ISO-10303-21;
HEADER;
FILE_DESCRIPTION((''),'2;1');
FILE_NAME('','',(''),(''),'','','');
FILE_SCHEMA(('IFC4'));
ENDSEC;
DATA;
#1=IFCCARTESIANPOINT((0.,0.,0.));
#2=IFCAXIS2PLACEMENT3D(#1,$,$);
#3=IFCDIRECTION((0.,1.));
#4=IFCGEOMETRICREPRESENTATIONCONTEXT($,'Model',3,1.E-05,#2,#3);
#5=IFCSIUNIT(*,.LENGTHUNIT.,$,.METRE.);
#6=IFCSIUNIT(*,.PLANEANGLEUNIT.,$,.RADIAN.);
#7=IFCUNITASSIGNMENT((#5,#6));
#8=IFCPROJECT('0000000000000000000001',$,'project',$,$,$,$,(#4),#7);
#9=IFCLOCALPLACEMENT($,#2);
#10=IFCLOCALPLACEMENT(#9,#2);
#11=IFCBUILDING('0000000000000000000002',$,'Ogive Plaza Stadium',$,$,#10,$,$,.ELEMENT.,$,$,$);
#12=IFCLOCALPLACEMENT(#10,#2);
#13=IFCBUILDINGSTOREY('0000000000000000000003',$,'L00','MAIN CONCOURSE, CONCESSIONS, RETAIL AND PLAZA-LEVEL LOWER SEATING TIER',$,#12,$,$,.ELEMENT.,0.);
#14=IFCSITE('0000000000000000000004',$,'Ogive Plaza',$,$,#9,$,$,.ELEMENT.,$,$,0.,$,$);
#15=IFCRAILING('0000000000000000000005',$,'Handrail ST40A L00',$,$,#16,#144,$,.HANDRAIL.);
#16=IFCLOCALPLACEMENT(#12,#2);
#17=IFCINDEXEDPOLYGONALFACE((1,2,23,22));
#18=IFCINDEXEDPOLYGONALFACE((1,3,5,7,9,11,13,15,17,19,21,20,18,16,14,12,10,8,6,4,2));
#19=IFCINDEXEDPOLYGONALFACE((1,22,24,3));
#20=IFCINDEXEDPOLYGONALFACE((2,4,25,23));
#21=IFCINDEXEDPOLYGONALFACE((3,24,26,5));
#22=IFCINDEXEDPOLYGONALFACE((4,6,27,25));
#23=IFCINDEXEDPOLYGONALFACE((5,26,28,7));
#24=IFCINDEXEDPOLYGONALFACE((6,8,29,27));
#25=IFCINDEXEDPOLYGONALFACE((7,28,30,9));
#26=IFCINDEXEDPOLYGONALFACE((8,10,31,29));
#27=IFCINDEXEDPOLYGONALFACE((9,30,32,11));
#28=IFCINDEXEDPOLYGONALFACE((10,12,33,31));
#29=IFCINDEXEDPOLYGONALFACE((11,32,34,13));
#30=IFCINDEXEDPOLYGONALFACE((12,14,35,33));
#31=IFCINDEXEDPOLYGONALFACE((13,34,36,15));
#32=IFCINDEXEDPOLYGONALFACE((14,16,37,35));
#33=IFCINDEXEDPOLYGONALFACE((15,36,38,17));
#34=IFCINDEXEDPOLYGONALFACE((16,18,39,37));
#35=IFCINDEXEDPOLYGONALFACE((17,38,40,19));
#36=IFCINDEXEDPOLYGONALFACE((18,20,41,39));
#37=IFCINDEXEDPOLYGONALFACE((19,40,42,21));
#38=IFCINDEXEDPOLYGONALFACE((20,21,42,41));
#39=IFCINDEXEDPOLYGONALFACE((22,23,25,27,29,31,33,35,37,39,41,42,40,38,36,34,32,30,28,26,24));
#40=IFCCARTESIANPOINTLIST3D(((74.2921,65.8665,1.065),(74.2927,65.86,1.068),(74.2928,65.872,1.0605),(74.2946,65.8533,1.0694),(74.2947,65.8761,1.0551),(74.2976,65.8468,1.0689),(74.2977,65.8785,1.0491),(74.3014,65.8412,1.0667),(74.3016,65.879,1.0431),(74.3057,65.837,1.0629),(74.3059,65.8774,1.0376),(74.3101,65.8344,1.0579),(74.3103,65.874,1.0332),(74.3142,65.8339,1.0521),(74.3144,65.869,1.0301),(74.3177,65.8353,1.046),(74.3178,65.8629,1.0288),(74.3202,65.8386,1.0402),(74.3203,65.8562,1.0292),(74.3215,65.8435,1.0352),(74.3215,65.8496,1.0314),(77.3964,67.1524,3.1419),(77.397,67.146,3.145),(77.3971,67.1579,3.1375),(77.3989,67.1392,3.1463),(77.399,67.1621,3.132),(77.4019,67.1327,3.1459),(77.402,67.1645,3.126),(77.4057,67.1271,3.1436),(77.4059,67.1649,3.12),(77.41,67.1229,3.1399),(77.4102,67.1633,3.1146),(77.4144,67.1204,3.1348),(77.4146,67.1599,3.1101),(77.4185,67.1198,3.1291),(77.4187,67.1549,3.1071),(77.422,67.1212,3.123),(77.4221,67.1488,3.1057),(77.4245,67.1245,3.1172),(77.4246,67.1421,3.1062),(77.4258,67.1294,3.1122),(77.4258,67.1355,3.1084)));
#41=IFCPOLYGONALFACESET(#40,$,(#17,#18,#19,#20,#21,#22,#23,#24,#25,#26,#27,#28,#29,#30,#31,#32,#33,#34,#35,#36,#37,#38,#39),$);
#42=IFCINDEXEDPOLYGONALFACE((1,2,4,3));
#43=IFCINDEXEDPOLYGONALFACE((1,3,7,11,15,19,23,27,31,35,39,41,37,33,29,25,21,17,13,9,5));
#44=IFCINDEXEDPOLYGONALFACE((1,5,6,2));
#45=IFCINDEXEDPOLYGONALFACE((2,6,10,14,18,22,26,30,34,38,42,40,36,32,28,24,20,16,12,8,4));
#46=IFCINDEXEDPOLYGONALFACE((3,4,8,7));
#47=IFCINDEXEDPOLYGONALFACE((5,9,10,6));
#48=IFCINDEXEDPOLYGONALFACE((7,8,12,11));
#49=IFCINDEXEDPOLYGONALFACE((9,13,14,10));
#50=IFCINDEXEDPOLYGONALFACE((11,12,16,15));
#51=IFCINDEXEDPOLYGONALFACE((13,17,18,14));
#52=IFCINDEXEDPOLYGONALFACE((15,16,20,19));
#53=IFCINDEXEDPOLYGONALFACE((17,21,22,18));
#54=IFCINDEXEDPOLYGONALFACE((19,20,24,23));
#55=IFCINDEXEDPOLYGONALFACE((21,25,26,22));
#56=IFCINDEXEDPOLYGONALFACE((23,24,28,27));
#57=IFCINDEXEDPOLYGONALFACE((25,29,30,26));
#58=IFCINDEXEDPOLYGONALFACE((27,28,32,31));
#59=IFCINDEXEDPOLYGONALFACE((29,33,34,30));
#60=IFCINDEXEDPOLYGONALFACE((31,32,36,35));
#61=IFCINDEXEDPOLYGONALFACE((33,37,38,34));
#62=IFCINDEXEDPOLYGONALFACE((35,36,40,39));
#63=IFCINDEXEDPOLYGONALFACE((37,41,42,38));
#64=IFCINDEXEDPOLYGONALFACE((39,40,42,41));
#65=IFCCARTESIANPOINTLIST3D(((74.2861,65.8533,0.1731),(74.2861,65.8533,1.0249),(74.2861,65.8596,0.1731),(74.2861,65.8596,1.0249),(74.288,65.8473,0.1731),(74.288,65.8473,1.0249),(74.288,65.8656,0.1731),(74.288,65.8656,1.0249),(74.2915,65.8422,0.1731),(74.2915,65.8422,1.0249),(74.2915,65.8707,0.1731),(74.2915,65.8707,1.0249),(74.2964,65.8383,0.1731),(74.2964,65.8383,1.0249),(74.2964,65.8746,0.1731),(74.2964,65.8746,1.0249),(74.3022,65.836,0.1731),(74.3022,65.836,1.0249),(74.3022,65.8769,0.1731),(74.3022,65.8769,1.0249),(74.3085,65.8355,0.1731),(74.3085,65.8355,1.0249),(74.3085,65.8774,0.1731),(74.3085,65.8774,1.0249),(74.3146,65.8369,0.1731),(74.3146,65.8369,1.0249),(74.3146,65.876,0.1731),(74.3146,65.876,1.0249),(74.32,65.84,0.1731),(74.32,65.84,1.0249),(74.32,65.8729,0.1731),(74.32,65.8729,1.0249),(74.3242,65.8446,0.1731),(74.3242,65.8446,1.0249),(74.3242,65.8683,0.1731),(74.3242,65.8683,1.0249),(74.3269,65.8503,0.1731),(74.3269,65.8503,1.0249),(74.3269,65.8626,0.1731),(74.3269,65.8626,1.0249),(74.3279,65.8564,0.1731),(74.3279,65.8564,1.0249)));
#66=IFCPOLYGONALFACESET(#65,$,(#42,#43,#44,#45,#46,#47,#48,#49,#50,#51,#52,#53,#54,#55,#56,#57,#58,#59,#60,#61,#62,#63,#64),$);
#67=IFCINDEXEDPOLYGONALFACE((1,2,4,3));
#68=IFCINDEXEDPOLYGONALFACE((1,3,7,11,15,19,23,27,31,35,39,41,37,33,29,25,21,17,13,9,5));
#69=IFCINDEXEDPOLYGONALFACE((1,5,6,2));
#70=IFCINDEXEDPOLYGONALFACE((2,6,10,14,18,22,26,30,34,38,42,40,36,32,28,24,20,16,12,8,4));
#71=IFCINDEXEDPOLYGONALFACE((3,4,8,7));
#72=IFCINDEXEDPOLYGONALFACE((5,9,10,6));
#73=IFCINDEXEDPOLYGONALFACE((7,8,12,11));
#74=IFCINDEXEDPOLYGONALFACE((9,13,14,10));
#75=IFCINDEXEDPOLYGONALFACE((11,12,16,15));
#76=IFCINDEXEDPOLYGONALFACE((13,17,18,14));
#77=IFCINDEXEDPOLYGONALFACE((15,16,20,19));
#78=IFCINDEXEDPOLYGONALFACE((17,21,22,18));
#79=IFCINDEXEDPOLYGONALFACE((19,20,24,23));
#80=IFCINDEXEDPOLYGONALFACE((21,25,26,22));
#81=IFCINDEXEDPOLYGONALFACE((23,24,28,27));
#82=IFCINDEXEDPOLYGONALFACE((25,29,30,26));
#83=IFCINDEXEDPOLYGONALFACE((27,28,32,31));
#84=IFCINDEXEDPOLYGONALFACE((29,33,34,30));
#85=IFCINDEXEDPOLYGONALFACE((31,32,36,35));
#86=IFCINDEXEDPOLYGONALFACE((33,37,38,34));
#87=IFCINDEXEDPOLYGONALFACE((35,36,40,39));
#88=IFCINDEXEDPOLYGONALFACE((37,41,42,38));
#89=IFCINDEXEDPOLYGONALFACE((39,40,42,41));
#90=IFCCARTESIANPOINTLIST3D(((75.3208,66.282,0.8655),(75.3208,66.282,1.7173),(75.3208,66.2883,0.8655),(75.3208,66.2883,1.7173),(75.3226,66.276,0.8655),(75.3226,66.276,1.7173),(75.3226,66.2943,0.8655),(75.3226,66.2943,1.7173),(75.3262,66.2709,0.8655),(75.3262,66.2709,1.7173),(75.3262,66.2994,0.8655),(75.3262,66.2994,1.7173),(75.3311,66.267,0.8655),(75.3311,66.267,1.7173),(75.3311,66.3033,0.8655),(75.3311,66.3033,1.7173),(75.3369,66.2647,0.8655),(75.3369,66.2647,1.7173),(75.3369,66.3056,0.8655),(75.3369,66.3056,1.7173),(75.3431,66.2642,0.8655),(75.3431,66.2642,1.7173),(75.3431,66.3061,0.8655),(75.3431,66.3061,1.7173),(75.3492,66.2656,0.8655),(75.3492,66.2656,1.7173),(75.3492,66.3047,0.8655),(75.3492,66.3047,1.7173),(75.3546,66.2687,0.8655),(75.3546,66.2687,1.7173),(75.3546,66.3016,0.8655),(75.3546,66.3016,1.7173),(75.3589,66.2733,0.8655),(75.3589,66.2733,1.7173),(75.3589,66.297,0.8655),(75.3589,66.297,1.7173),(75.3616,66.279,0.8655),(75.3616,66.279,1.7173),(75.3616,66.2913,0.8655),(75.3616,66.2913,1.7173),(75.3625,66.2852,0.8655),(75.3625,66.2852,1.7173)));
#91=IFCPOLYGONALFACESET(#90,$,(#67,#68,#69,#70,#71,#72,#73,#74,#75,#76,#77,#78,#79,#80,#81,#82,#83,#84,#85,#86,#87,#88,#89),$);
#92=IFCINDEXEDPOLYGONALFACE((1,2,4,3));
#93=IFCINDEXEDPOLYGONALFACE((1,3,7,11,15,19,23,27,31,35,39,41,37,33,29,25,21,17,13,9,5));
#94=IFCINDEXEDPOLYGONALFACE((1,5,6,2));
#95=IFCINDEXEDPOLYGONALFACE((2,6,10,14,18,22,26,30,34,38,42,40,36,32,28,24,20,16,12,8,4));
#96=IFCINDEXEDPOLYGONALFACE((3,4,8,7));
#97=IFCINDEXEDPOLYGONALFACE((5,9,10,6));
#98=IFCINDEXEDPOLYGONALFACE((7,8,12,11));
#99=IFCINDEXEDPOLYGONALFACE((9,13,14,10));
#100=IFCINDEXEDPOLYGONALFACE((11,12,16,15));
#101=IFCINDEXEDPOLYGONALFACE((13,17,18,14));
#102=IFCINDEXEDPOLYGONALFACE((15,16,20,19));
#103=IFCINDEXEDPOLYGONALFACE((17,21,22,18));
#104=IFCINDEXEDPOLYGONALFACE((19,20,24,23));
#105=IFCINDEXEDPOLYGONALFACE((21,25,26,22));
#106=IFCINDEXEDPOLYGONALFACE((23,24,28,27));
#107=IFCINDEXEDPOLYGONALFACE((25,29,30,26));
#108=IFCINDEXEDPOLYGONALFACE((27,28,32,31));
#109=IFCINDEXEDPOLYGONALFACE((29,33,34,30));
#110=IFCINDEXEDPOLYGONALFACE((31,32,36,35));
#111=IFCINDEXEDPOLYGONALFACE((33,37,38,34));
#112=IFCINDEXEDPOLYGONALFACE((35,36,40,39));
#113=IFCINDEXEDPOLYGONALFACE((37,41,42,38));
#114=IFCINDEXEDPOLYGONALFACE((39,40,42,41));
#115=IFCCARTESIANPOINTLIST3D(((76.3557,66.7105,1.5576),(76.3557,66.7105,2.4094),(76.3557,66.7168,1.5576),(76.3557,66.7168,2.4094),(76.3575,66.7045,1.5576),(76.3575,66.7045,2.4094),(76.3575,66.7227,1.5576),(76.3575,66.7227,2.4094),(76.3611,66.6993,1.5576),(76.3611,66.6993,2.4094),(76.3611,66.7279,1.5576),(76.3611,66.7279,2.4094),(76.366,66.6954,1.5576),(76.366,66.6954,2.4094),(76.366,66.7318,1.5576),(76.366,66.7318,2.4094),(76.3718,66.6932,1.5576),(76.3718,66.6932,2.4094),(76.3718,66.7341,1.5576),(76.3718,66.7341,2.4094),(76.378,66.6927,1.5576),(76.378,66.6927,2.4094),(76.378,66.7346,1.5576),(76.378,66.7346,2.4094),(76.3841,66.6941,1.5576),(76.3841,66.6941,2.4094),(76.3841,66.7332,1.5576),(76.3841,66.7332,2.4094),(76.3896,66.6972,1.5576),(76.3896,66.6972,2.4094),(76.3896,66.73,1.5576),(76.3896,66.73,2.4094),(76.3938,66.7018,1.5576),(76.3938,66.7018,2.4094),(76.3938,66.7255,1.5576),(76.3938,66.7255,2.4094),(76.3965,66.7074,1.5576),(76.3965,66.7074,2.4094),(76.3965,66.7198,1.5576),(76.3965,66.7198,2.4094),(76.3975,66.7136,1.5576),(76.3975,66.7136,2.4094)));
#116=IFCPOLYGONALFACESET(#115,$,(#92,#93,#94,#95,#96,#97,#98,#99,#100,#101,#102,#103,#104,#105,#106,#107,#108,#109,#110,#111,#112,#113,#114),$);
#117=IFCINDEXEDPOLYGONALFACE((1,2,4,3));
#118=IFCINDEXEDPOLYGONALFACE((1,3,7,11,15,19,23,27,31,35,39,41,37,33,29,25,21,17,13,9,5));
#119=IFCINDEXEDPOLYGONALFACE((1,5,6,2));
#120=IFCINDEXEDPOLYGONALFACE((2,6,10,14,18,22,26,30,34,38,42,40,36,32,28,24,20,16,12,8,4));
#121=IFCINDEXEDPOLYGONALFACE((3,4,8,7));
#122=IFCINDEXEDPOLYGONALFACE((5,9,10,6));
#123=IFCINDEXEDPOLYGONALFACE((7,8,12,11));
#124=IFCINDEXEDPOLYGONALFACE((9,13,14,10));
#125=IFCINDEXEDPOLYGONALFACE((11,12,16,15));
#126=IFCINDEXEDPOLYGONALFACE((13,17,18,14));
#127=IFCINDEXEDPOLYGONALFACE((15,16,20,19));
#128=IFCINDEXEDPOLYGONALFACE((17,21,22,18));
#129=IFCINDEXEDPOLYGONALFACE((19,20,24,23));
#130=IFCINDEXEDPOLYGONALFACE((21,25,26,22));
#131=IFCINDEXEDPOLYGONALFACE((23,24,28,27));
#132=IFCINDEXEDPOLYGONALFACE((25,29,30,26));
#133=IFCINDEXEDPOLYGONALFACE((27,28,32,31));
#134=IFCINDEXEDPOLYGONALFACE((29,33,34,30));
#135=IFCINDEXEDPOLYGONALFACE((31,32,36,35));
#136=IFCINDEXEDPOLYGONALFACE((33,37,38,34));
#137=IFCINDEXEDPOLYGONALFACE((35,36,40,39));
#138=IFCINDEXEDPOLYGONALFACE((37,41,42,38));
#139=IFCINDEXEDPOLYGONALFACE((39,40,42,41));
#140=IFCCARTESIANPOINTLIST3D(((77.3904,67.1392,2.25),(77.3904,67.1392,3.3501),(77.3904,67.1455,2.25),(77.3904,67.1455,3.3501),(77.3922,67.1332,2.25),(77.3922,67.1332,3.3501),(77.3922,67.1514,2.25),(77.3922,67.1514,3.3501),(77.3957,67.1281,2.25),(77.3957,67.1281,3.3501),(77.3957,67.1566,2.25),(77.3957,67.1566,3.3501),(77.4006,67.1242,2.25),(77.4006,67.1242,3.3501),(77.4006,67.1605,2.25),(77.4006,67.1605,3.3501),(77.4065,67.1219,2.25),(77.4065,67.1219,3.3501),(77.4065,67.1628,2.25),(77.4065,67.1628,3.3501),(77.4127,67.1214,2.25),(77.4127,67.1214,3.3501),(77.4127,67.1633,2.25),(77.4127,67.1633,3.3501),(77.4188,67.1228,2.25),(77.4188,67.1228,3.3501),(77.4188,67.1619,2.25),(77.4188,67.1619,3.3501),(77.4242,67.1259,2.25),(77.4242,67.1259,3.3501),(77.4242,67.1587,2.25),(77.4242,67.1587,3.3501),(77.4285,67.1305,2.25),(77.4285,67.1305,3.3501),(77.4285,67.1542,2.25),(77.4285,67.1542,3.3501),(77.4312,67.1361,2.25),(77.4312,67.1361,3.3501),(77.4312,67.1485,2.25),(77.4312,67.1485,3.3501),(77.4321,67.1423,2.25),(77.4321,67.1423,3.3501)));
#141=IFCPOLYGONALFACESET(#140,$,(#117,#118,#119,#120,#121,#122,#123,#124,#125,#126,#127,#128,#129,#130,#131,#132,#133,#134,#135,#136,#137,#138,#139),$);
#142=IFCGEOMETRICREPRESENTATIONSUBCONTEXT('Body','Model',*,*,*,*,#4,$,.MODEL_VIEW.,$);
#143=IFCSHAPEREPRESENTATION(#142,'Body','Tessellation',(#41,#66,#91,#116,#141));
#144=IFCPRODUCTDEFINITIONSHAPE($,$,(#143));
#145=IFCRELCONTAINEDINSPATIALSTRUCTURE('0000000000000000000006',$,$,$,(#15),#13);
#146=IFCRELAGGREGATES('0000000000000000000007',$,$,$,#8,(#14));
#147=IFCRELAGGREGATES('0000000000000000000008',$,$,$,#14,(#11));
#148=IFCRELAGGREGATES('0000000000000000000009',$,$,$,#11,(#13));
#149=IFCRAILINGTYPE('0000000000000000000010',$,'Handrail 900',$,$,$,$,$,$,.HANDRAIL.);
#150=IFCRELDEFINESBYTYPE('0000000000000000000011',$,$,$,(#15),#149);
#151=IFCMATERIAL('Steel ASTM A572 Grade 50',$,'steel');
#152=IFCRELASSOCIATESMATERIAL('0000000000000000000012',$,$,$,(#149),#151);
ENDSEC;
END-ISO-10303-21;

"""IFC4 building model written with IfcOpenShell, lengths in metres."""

from ifc_helpers import new_model, si_unit, direction, frame, origin, origin_2d, place, context, subcontext, project, spatial, circle, extrude, material, type_object, element, save


model = new_model("IFC4")

# Units and contexts
model_context = context("Model", 3, precision=1e-05, world=origin(), true_north=direction((0.0, 1.0)))
body_context = subcontext(model_context, "Body", "Model", "MODEL_VIEW")
ifc_project = project(units=[si_unit("LENGTHUNIT", "METRE"), si_unit("PLANEANGLEUNIT", "RADIAN")], contexts=[model_context])

# Site, building, storey
site_placement = place(None, origin())
site = spatial("IfcSite", under=ifc_project, at=site_placement, Name="Ogive Plaza", CompositionType="ELEMENT", RefElevation=0.0)
building_placement = place(site_placement, origin())
building = spatial("IfcBuilding", under=site, at=building_placement, Name="Ogive Plaza Stadium", CompositionType="ELEMENT")
storey_placement = place(building_placement, origin())
storey = spatial("IfcBuildingStorey", under=building, at=storey_placement, Name="L00", Description="MAIN CONCOURSE, CONCESSIONS, RETAIL AND PLAZA-LEVEL LOWER SEATING TIER", CompositionType="ELEMENT", Elevation=0.0)

# Railing
ifc_material_1 = material(Name="Steel ASTM A572 Grade 50", Category="steel")
railing_type_1 = type_object("IfcRailingType", Name="Handrail 900", PredefinedType="HANDRAIL", material=ifc_material_1)
for number, where, name in (
    (1, (74.3069, 65.8564, 0.1731), "Handrail ST40A L00"),
):
    element("IfcRailing", number, at=place(storey_placement, frame(where)), inside=storey, type_object=railing_type_1, Name=name, PredefinedType="HANDRAIL", context=body_context, shape_type="SweptSolid", body=[
        extrude(circle(Radius=0.0239, at=origin_2d()), frame((0.0, 0.0, 0.876), z_axis=(0.785863, 0.325532, 0.525783), x_axis=(-0.3827, 0.923872, 0.0)), (0.0, 0.0, 1.0), 3.9502),
        extrude(circle(Radius=0.021, at=origin_2d()), origin(), (0.0, 0.0, 1.0), 0.8518),
        extrude(circle(Radius=0.021, at=origin_2d()), frame((1.0347, 0.4287, 0.6924)), (0.0, 0.0, 1.0), 0.8518),
        extrude(circle(Radius=0.021, at=origin_2d()), frame((2.0696, 0.8572, 1.3845)), (0.0, 0.0, 1.0), 0.8518),
        extrude(circle(Radius=0.021, at=origin_2d()), frame((3.1042, 1.2859, 2.0769)), (0.0, 0.0, 1.0), 1.1001),
    ])

save(model, "model.ifc")
